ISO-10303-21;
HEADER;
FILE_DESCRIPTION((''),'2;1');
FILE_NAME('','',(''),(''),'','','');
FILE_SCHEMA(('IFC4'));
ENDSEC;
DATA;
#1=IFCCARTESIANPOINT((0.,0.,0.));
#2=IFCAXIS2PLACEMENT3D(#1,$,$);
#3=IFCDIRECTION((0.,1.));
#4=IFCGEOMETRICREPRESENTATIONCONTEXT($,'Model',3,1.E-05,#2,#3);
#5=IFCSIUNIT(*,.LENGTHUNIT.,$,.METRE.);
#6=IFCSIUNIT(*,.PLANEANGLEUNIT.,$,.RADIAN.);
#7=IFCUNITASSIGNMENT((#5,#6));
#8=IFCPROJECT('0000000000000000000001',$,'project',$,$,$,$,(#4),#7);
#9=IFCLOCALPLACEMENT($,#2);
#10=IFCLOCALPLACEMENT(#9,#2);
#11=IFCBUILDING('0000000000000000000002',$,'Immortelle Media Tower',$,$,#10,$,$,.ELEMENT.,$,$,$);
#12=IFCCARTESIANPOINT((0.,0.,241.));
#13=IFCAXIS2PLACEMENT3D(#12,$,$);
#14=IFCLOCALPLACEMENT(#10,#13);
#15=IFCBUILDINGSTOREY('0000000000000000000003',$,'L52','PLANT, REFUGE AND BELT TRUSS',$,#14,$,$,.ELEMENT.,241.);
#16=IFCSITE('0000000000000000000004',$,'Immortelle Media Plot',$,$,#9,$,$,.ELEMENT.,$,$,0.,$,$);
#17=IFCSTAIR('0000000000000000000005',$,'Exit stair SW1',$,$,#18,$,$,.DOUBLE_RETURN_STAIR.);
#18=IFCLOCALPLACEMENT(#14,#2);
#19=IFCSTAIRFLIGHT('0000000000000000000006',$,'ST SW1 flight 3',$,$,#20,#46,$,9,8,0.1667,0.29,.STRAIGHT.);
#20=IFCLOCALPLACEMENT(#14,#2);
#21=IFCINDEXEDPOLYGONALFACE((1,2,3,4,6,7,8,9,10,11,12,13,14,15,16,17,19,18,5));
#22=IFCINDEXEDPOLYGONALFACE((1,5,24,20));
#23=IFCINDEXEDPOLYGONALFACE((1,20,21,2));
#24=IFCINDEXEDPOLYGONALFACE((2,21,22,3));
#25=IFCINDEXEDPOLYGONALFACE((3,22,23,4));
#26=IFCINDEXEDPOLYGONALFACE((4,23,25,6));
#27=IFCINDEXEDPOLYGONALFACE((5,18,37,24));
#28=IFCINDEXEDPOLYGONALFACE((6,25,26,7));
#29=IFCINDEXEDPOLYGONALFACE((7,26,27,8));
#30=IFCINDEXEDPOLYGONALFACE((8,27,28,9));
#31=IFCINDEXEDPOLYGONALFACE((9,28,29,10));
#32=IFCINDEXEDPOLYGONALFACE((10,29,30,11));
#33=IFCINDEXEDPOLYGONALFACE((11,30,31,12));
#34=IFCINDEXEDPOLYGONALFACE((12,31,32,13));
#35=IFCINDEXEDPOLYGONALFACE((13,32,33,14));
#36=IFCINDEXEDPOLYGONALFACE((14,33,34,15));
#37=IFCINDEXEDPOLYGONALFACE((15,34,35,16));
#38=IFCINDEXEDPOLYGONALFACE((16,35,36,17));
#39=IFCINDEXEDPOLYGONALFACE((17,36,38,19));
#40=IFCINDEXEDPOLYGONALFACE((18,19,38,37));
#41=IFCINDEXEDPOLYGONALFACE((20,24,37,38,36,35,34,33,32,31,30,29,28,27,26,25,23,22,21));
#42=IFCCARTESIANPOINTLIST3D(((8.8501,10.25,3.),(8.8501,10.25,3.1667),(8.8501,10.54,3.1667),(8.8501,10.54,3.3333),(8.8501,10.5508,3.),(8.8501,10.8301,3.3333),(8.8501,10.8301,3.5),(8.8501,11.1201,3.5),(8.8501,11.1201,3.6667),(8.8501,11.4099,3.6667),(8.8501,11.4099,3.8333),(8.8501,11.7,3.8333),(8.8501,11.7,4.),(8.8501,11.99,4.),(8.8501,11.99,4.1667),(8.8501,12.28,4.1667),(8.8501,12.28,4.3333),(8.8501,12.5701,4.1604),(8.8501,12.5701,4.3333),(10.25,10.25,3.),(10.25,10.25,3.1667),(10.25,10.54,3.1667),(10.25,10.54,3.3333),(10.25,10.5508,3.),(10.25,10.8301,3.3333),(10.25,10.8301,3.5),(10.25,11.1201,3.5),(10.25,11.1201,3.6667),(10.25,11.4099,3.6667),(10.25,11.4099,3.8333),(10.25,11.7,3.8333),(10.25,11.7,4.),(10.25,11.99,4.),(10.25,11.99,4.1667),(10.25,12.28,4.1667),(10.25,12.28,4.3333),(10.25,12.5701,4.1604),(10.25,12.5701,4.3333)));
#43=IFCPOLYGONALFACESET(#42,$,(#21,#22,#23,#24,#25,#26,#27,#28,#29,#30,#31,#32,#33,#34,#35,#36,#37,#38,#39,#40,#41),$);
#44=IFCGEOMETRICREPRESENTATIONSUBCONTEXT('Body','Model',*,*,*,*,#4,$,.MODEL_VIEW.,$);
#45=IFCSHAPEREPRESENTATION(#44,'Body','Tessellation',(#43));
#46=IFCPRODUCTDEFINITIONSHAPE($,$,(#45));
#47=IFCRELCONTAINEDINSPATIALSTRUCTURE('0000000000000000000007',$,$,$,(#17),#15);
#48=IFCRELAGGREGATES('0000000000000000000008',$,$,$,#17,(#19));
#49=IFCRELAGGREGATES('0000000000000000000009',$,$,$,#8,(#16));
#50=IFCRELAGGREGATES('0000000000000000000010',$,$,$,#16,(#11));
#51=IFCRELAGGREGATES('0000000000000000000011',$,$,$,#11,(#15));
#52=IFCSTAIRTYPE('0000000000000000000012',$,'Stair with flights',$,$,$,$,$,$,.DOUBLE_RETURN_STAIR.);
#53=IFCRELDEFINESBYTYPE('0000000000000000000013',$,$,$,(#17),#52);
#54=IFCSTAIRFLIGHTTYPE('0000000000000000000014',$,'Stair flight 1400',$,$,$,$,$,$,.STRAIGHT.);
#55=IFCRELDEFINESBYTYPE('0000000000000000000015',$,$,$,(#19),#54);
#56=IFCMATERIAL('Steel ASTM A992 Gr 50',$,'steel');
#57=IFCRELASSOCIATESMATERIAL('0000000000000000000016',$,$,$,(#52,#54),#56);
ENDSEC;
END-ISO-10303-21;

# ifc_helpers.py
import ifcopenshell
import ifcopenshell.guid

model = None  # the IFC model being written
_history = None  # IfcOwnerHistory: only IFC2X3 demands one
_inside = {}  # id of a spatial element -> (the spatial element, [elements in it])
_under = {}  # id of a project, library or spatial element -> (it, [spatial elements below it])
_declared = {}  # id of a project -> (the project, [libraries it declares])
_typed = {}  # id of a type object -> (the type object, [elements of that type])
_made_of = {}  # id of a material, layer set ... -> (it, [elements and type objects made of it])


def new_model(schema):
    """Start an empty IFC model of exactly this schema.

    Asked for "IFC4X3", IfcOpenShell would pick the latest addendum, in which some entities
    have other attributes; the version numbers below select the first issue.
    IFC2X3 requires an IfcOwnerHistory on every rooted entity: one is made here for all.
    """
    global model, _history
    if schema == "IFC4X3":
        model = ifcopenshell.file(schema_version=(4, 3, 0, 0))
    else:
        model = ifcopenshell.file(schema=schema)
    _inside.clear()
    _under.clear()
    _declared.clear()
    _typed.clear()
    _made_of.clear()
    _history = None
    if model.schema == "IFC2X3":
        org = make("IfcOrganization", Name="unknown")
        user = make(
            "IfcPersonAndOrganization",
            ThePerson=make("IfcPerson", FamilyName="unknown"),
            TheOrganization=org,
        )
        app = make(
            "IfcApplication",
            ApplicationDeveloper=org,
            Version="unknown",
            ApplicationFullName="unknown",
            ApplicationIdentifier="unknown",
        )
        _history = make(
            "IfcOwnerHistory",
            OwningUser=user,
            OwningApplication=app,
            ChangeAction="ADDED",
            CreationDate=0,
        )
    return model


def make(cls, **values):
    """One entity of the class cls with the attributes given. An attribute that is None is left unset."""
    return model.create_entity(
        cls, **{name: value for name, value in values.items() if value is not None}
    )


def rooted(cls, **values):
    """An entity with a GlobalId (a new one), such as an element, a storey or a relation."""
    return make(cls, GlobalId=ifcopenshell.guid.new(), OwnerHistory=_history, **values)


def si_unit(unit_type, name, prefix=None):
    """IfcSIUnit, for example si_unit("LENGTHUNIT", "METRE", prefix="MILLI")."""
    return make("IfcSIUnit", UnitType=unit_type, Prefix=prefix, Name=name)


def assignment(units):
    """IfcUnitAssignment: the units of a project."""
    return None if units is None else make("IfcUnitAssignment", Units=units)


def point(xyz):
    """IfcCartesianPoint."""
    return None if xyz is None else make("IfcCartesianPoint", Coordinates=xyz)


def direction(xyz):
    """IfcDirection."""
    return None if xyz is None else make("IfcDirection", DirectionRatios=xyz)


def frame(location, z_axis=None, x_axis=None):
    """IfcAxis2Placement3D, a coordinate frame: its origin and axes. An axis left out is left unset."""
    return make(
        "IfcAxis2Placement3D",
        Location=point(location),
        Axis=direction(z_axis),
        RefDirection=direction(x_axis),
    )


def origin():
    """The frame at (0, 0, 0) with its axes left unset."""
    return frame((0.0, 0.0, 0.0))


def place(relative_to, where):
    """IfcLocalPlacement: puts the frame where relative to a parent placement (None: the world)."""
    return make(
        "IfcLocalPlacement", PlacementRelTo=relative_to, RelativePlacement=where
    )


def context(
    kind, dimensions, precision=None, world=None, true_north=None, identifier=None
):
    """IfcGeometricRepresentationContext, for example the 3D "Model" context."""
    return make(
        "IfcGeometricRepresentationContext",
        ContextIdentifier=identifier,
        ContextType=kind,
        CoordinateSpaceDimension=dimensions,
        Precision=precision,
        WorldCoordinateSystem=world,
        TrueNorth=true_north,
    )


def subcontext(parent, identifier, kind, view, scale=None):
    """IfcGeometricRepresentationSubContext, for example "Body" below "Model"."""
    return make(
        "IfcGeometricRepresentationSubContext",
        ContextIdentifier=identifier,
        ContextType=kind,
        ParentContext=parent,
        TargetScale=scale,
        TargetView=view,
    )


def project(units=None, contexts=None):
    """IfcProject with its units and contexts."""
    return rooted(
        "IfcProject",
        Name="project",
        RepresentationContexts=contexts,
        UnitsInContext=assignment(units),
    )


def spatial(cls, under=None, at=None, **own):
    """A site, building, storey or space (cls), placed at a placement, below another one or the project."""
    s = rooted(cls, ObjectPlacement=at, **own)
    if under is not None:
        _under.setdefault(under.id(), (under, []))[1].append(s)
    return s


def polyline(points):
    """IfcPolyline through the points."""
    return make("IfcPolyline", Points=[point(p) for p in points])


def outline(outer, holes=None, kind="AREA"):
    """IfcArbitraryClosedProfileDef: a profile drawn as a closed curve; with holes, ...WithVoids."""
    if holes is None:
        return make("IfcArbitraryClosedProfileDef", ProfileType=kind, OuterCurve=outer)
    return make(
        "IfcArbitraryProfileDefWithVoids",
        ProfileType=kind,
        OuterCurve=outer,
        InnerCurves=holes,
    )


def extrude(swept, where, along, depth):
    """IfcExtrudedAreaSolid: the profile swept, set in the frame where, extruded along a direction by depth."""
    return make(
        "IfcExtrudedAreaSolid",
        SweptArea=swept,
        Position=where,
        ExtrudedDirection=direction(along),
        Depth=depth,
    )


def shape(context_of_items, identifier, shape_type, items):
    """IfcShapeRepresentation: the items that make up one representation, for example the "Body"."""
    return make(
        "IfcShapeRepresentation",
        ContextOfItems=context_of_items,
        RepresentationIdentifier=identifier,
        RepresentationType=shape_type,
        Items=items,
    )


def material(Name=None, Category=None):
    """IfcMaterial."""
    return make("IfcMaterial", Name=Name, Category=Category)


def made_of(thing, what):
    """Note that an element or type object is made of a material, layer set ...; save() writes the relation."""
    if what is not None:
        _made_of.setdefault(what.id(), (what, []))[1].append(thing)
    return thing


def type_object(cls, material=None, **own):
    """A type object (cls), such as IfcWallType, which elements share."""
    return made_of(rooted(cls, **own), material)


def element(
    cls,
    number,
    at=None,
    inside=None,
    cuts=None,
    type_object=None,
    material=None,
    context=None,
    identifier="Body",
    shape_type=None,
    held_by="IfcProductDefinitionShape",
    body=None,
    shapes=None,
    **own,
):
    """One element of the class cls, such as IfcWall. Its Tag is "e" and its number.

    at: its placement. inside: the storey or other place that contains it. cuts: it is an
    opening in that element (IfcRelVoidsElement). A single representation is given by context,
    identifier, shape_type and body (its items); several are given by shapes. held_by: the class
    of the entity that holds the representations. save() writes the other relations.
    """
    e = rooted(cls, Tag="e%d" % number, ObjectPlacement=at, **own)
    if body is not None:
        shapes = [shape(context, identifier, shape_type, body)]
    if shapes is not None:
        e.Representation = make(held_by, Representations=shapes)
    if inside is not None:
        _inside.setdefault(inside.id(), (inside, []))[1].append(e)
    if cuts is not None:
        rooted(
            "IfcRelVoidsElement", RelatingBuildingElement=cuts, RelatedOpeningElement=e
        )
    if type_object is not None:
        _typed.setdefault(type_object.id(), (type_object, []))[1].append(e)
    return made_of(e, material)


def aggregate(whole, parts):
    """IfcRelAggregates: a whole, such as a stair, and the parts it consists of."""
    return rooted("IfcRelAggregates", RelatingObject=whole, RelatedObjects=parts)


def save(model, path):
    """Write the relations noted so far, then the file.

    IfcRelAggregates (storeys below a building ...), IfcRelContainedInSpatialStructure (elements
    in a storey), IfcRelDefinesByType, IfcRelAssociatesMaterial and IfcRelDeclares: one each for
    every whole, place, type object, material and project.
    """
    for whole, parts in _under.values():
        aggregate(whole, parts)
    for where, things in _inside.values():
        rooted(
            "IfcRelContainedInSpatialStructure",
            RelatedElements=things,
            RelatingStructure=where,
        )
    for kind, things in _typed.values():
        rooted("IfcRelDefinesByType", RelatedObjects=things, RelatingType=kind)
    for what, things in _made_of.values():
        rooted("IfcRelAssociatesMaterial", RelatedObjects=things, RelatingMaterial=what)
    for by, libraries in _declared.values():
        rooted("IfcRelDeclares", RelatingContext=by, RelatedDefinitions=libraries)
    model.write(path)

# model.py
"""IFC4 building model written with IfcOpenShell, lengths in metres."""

from ifc_helpers import new_model, si_unit, direction, frame, origin, place, context, subcontext, project, spatial, polyline, outline, extrude, material, type_object, element, aggregate, save


model = new_model("IFC4")

# Units and contexts
model_context = context("Model", 3, precision=1e-05, world=origin(), true_north=direction((0.0, 1.0)))
body_context = subcontext(model_context, "Body", "Model", "MODEL_VIEW")
ifc_project = project(units=[si_unit("LENGTHUNIT", "METRE"), si_unit("PLANEANGLEUNIT", "RADIAN")], contexts=[model_context])

# Site, building, storey
site_placement = place(None, origin())
site = spatial("IfcSite", under=ifc_project, at=site_placement, Name="Immortelle Media Plot", CompositionType="ELEMENT", RefElevation=0.0)
building_placement = place(site_placement, origin())
building = spatial("IfcBuilding", under=site, at=building_placement, Name="Immortelle Media Tower", CompositionType="ELEMENT")
storey_placement = place(building_placement, frame((0.0, 0.0, 241.0)))
storey = spatial("IfcBuildingStorey", under=building, at=storey_placement, Name="L52", Description="PLANT, REFUGE AND BELT TRUSS", CompositionType="ELEMENT", Elevation=241.0)

# Shared definitions
ifc_material_1 = material(Name="Steel ASTM A992 Gr 50", Category="steel")

# Stair, stair flight
stair_type = type_object("IfcStairType", Name="Stair with flights", PredefinedType="DOUBLE_RETURN_STAIR", material=ifc_material_1)
stair_placement = place(storey_placement, origin())
stair = element("IfcStair", 1, at=stair_placement, inside=storey, type_object=stair_type, Name="Exit stair SW1", PredefinedType="DOUBLE_RETURN_STAIR")
stair_flight_type = type_object("IfcStairFlightType", Name="Stair flight 1400", PredefinedType="STRAIGHT", material=ifc_material_1)
stair_flight_1_placement = place(storey_placement, frame((9.55, 10.25, 3.0), z_axis=(0.0, 0.0, 1.0), x_axis=(0.0, 1.0, 0.0)))
stair_flight_1 = element("IfcStairFlight", 2, at=stair_flight_1_placement, type_object=stair_flight_type, Name="ST SW1 flight 3", NumberOfRisers=9, NumberOfTreads=8, PredefinedType="STRAIGHT", RiserHeight=0.1667, TreadLength=0.29, context=body_context, shape_type="SweptSolid", body=[
    extrude(outline(polyline([(0.0, 0.0), (0.0, 0.1667), (0.29, 0.1667), (0.29, 0.3333), (0.5801, 0.3333), (0.5801, 0.5), (0.8701, 0.5), (0.8701, 0.6667), (1.1599, 0.6667), (1.1599, 0.8333), (1.45, 0.8333), (1.45, 1.0), (1.74, 1.0), (1.74, 1.1667), (2.03, 1.1667), (2.03, 1.3333), (2.3201, 1.3333), (2.3201, 1.5), (2.3201, 1.1604), (0.3008, 0.0), (0.0, 0.0)])), frame((0.0, 0.7, 0.0), z_axis=(0.0, -1.0, 0.0), x_axis=(1.0, 0.0, 0.0)), (0.0, 0.0, 1.0), 1.3999),
])
aggregate(stair, [stair_flight_1])

save(model, "model.ifc")
